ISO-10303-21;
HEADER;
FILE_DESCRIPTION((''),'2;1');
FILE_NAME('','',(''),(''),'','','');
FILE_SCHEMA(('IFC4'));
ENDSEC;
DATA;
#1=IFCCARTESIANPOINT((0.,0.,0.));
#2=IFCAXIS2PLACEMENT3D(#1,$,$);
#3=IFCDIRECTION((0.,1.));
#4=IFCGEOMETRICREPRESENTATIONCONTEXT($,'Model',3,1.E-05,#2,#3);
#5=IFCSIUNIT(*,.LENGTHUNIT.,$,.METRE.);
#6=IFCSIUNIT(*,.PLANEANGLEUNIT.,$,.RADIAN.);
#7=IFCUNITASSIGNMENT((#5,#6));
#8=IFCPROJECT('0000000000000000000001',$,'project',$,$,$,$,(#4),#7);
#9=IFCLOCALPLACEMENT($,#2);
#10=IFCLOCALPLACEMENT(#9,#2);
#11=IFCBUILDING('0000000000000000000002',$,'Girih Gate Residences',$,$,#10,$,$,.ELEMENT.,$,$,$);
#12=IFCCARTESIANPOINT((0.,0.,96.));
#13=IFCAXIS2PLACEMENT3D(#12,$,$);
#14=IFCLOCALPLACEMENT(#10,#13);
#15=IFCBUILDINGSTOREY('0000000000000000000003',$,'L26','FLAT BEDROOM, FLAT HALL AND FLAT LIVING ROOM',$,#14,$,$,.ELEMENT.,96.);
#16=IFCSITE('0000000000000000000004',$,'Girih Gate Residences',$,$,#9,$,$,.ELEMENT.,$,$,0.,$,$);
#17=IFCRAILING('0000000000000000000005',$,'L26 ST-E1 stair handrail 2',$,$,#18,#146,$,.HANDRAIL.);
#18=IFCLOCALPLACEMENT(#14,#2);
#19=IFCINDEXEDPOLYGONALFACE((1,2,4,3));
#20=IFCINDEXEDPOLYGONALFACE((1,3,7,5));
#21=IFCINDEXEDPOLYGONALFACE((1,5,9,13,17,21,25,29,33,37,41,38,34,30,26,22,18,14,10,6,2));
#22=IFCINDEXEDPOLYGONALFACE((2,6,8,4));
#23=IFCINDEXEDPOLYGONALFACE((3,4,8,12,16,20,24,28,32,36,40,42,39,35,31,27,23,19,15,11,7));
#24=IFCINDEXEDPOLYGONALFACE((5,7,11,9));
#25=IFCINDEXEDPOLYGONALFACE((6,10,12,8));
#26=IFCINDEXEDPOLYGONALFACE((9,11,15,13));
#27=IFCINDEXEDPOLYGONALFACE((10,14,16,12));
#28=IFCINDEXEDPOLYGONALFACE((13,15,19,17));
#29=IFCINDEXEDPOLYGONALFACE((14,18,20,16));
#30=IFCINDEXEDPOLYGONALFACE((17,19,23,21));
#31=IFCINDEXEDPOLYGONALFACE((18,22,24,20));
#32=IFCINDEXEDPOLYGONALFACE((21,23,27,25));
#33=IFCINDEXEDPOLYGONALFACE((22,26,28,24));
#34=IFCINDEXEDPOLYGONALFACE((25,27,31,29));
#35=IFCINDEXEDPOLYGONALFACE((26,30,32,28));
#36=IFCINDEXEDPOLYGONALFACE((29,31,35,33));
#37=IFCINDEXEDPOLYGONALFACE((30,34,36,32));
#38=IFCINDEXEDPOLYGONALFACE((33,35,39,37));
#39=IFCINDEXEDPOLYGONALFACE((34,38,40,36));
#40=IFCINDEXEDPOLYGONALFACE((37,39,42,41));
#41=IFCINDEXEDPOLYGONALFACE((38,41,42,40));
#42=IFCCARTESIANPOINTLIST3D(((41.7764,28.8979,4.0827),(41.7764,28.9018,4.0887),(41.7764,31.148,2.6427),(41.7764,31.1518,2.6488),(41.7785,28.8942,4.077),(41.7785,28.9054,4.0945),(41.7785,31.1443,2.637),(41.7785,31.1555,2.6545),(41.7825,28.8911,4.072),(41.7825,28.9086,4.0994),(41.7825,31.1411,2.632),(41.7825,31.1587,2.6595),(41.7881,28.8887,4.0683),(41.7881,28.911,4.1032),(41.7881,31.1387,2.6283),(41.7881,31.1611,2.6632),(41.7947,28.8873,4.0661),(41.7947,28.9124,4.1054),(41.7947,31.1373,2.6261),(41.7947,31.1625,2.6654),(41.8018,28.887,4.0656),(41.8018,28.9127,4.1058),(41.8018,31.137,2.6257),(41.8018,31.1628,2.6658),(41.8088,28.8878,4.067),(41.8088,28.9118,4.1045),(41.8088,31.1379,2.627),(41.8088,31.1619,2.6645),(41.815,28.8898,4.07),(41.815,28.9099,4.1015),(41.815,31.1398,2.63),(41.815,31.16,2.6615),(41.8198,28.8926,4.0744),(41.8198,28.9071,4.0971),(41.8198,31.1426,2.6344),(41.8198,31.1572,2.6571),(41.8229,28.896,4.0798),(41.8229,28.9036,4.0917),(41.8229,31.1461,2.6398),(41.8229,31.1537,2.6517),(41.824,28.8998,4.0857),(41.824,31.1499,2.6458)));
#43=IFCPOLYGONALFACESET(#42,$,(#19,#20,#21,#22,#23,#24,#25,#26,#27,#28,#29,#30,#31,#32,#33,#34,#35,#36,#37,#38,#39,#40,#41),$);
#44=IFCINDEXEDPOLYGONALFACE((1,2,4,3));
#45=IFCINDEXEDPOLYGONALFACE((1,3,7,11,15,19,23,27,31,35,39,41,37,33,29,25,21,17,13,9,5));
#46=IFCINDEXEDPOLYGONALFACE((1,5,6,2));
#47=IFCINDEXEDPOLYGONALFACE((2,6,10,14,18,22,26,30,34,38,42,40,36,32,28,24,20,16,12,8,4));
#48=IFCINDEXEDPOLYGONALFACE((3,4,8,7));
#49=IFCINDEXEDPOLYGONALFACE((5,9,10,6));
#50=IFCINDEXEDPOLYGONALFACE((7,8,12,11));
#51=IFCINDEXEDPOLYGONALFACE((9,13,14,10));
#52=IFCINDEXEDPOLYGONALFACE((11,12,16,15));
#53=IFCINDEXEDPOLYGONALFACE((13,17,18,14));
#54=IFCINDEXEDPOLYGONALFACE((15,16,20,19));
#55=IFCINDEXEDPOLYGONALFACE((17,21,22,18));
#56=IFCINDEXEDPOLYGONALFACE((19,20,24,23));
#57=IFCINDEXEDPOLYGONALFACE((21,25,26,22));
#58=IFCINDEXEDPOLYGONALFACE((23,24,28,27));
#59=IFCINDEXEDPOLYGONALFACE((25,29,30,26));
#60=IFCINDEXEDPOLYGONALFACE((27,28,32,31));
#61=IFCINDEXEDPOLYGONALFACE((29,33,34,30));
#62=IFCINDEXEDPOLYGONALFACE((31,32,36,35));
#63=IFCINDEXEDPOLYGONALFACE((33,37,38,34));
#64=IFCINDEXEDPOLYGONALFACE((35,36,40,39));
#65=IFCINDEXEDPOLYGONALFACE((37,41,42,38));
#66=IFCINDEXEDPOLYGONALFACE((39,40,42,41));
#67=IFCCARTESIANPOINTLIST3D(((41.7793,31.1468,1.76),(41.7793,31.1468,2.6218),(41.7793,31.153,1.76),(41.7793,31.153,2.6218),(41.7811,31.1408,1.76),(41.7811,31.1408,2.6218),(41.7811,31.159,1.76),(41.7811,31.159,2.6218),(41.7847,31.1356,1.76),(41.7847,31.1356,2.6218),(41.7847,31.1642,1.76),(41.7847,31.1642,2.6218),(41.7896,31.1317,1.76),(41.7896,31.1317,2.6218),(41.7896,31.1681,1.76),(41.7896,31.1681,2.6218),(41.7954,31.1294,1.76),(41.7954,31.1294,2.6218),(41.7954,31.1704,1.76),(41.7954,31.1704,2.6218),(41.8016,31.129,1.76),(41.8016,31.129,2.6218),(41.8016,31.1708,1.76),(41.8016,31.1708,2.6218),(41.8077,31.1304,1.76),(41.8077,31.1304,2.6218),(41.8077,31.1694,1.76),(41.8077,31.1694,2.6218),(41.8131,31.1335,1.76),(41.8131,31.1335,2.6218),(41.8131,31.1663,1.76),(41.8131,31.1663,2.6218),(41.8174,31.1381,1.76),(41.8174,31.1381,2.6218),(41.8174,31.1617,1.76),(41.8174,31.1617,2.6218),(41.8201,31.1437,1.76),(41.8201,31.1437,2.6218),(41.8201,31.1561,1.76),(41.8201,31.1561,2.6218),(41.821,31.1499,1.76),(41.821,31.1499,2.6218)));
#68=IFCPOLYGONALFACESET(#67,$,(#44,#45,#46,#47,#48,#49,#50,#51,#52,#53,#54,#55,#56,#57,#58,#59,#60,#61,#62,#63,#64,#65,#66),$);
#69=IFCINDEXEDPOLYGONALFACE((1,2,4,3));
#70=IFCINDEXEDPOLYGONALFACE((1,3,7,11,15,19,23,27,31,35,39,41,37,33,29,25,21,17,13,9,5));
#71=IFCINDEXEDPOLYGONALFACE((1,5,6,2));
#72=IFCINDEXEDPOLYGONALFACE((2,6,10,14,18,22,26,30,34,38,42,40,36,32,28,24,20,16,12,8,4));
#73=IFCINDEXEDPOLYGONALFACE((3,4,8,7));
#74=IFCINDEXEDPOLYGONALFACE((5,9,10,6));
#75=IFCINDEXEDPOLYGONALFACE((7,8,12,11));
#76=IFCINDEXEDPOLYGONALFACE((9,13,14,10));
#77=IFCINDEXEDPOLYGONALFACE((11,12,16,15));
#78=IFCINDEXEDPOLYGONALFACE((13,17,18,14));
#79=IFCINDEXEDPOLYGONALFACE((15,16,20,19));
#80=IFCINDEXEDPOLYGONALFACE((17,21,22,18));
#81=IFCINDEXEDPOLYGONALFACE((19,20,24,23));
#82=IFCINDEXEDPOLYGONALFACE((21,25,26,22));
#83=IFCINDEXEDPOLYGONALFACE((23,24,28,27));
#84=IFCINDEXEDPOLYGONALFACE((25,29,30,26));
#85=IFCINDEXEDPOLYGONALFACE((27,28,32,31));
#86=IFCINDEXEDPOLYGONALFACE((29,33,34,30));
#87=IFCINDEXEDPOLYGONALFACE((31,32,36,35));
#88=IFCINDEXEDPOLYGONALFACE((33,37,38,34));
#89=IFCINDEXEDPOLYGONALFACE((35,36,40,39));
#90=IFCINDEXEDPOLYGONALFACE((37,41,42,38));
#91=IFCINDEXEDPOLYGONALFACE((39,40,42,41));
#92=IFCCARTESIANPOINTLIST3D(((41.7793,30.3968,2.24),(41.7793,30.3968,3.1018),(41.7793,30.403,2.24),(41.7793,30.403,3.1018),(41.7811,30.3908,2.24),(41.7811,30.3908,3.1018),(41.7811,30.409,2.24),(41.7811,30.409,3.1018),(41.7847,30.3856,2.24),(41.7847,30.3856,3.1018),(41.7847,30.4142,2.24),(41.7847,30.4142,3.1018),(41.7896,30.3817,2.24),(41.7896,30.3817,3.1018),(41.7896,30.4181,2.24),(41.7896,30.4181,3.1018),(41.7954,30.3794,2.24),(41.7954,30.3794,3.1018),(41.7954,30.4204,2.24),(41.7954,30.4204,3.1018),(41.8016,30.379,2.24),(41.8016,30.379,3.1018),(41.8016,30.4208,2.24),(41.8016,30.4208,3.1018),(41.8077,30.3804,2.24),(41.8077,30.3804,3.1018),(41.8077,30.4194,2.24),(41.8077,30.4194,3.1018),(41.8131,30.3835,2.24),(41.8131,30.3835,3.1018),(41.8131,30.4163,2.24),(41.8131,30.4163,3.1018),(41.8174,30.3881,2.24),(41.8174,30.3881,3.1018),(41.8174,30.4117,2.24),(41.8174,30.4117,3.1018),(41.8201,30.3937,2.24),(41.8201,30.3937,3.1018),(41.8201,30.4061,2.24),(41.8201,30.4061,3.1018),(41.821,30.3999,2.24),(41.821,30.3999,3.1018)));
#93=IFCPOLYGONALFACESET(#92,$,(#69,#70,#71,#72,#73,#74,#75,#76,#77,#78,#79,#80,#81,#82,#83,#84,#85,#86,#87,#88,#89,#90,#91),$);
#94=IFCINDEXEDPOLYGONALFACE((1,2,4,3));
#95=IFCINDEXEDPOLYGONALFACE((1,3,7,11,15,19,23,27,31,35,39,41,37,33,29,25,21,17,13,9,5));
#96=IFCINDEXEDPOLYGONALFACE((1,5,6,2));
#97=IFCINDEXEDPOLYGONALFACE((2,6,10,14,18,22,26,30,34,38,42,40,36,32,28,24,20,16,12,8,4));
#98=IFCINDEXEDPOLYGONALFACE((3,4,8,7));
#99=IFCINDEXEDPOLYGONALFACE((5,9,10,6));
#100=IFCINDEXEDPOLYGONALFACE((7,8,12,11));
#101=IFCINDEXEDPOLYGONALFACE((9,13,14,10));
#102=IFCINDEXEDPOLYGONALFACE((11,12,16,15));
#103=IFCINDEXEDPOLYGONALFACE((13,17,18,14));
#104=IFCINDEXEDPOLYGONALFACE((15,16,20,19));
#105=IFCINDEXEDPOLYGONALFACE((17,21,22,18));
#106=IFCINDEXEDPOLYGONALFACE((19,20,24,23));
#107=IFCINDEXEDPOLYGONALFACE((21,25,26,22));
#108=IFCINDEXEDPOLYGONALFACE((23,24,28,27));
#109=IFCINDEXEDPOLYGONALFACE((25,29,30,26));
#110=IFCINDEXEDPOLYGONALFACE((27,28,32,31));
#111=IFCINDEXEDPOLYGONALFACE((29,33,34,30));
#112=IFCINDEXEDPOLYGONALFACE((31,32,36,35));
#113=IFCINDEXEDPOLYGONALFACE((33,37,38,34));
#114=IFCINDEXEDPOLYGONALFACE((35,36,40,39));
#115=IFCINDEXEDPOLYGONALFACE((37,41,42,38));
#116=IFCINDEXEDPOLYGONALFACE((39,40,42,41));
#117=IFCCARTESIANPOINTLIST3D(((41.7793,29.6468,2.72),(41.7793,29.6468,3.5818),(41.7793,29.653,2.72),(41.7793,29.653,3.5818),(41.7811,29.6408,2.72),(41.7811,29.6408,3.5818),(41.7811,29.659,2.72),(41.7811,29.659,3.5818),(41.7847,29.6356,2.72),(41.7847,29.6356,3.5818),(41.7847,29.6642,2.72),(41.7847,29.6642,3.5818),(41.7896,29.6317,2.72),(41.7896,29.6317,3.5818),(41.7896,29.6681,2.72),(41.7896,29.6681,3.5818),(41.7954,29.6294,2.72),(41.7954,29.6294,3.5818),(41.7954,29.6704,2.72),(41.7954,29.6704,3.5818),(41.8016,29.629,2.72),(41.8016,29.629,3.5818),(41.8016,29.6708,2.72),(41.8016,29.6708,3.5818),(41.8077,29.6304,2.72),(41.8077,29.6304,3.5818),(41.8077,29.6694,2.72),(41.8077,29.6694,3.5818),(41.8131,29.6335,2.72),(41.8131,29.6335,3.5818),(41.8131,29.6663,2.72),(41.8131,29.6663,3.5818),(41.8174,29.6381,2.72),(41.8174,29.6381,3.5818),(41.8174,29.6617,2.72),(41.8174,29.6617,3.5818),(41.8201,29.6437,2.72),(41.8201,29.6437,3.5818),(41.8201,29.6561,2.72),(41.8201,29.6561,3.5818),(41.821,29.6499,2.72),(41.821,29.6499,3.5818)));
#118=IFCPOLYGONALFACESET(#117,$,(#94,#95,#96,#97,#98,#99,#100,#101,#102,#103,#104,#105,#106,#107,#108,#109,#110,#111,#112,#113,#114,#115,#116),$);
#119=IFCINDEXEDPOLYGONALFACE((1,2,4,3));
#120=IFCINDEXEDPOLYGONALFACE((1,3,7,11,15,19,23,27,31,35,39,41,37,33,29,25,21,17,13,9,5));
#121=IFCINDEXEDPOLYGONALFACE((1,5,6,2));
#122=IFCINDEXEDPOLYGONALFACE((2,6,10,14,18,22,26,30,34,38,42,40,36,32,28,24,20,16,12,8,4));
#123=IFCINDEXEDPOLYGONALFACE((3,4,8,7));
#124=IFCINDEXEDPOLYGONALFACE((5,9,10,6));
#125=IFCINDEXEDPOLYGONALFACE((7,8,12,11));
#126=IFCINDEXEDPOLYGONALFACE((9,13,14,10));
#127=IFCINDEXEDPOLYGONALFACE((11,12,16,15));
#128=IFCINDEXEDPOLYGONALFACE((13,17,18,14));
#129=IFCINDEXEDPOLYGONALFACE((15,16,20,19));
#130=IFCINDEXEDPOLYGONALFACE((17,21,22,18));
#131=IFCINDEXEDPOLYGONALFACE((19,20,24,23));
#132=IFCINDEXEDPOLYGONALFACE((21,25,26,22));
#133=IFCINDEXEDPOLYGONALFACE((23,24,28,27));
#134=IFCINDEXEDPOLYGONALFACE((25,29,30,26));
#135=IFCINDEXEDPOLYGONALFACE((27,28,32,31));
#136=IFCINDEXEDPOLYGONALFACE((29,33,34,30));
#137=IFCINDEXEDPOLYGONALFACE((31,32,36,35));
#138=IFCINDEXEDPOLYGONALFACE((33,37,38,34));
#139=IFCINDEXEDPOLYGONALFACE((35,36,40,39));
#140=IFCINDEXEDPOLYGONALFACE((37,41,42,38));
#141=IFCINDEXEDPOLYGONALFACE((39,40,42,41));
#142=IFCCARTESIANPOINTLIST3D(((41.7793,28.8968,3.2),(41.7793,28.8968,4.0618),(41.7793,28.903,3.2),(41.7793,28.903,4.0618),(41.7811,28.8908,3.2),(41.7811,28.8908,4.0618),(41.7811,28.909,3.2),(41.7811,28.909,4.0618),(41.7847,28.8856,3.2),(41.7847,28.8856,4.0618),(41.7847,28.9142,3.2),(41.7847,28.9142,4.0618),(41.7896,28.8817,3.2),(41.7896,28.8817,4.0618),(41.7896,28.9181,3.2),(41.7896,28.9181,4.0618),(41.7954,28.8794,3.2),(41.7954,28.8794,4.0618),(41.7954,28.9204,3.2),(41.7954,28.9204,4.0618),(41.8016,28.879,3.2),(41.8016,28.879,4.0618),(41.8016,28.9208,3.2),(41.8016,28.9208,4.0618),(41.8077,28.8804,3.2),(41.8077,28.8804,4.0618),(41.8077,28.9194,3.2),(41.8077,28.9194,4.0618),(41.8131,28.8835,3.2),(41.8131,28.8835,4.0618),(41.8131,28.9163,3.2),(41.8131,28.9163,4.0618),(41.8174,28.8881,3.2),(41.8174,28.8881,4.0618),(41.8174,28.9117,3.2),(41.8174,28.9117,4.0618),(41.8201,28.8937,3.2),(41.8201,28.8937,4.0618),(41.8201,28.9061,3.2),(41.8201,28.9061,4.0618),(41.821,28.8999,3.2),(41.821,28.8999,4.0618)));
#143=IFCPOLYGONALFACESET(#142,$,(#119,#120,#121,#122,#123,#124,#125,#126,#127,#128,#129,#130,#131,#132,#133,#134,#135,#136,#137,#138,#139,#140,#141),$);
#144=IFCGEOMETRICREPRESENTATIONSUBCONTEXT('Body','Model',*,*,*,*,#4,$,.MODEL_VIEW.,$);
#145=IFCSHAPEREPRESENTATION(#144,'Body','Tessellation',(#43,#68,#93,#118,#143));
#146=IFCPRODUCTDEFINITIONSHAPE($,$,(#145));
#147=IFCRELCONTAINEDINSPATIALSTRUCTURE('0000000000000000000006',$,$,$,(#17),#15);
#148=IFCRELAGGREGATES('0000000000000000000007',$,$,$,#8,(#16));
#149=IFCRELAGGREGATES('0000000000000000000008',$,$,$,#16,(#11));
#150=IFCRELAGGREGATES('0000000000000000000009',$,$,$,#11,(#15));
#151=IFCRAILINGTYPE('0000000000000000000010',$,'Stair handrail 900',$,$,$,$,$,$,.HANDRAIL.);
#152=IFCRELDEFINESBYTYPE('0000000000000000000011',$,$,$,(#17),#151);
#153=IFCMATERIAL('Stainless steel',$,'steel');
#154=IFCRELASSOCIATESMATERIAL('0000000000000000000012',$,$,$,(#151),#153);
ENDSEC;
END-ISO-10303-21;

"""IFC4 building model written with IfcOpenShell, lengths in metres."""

from ifc_helpers import new_model, si_unit, direction, frame, origin, origin_2d, place, context, subcontext, project, spatial, circle, extrude, material, type_object, element, save


model = new_model("IFC4")

# Units and contexts
model_context = context("Model", 3, precision=1e-05, world=origin(), true_north=direction((0.0, 1.0)))
body_context = subcontext(model_context, "Body", "Model", "MODEL_VIEW")
ifc_project = project(units=[si_unit("LENGTHUNIT", "METRE"), si_unit("PLANEANGLEUNIT", "RADIAN")], contexts=[model_context])

# Site, building, storey
site_placement = place(None, origin())
site = spatial("IfcSite", under=ifc_project, at=site_placement, Name="Girih Gate Residences", CompositionType="ELEMENT", RefElevation=0.0)
building_placement = place(site_placement, origin())
building = spatial("IfcBuilding", under=site, at=building_placement, Name="Girih Gate Residences", CompositionType="ELEMENT")
storey_placement = place(building_placement, frame((0.0, 0.0, 96.0)))
storey = spatial("IfcBuildingStorey", under=building, at=storey_placement, Name="L26", Description="FLAT BEDROOM, FLAT HALL AND FLAT LIVING ROOM", CompositionType="ELEMENT", Elevation=96.0)

# Railing
ifc_material_1 = material(Name="Stainless steel", Category="steel")
railing_type_1 = type_object("IfcRailingType", Name="Stair handrail 900", PredefinedType="HANDRAIL", material=ifc_material_1)
railing_1_placement = place(storey_placement, frame((41.8, 31.1499, 1.76)))
element("IfcRailing", 1, at=railing_1_placement, inside=storey, type_object=railing_type_1, Name="L26 ST-E1 stair handrail 2", PredefinedType="HANDRAIL", context=body_context, shape_type="SweptSolid", body=[
    extrude(circle(Radius=0.0239, at=origin_2d()), frame((0.0, 0.0, 0.8857), z_axis=(0.0, -0.842281, 0.539038), x_axis=(1.0, 0.0, 0.0)), (0.0, 0.0, 1.0), 2.6714),
    extrude(circle(Radius=0.021, at=origin_2d()), origin(), (0.0, 0.0, 1.0), 0.8618),
    extrude(circle(Radius=0.021, at=origin_2d()), frame((0.0, -0.75, 0.48)), (0.0, 0.0, 1.0), 0.8618),
    extrude(circle(Radius=0.021, at=origin_2d()), frame((0.0, -1.5, 0.96)), (0.0, 0.0, 1.0), 0.8618),
    extrude(circle(Radius=0.021, at=origin_2d()), frame((0.0, -2.25, 1.4399)), (0.0, 0.0, 1.0), 0.8618),
])

save(model, "model.ifc")
